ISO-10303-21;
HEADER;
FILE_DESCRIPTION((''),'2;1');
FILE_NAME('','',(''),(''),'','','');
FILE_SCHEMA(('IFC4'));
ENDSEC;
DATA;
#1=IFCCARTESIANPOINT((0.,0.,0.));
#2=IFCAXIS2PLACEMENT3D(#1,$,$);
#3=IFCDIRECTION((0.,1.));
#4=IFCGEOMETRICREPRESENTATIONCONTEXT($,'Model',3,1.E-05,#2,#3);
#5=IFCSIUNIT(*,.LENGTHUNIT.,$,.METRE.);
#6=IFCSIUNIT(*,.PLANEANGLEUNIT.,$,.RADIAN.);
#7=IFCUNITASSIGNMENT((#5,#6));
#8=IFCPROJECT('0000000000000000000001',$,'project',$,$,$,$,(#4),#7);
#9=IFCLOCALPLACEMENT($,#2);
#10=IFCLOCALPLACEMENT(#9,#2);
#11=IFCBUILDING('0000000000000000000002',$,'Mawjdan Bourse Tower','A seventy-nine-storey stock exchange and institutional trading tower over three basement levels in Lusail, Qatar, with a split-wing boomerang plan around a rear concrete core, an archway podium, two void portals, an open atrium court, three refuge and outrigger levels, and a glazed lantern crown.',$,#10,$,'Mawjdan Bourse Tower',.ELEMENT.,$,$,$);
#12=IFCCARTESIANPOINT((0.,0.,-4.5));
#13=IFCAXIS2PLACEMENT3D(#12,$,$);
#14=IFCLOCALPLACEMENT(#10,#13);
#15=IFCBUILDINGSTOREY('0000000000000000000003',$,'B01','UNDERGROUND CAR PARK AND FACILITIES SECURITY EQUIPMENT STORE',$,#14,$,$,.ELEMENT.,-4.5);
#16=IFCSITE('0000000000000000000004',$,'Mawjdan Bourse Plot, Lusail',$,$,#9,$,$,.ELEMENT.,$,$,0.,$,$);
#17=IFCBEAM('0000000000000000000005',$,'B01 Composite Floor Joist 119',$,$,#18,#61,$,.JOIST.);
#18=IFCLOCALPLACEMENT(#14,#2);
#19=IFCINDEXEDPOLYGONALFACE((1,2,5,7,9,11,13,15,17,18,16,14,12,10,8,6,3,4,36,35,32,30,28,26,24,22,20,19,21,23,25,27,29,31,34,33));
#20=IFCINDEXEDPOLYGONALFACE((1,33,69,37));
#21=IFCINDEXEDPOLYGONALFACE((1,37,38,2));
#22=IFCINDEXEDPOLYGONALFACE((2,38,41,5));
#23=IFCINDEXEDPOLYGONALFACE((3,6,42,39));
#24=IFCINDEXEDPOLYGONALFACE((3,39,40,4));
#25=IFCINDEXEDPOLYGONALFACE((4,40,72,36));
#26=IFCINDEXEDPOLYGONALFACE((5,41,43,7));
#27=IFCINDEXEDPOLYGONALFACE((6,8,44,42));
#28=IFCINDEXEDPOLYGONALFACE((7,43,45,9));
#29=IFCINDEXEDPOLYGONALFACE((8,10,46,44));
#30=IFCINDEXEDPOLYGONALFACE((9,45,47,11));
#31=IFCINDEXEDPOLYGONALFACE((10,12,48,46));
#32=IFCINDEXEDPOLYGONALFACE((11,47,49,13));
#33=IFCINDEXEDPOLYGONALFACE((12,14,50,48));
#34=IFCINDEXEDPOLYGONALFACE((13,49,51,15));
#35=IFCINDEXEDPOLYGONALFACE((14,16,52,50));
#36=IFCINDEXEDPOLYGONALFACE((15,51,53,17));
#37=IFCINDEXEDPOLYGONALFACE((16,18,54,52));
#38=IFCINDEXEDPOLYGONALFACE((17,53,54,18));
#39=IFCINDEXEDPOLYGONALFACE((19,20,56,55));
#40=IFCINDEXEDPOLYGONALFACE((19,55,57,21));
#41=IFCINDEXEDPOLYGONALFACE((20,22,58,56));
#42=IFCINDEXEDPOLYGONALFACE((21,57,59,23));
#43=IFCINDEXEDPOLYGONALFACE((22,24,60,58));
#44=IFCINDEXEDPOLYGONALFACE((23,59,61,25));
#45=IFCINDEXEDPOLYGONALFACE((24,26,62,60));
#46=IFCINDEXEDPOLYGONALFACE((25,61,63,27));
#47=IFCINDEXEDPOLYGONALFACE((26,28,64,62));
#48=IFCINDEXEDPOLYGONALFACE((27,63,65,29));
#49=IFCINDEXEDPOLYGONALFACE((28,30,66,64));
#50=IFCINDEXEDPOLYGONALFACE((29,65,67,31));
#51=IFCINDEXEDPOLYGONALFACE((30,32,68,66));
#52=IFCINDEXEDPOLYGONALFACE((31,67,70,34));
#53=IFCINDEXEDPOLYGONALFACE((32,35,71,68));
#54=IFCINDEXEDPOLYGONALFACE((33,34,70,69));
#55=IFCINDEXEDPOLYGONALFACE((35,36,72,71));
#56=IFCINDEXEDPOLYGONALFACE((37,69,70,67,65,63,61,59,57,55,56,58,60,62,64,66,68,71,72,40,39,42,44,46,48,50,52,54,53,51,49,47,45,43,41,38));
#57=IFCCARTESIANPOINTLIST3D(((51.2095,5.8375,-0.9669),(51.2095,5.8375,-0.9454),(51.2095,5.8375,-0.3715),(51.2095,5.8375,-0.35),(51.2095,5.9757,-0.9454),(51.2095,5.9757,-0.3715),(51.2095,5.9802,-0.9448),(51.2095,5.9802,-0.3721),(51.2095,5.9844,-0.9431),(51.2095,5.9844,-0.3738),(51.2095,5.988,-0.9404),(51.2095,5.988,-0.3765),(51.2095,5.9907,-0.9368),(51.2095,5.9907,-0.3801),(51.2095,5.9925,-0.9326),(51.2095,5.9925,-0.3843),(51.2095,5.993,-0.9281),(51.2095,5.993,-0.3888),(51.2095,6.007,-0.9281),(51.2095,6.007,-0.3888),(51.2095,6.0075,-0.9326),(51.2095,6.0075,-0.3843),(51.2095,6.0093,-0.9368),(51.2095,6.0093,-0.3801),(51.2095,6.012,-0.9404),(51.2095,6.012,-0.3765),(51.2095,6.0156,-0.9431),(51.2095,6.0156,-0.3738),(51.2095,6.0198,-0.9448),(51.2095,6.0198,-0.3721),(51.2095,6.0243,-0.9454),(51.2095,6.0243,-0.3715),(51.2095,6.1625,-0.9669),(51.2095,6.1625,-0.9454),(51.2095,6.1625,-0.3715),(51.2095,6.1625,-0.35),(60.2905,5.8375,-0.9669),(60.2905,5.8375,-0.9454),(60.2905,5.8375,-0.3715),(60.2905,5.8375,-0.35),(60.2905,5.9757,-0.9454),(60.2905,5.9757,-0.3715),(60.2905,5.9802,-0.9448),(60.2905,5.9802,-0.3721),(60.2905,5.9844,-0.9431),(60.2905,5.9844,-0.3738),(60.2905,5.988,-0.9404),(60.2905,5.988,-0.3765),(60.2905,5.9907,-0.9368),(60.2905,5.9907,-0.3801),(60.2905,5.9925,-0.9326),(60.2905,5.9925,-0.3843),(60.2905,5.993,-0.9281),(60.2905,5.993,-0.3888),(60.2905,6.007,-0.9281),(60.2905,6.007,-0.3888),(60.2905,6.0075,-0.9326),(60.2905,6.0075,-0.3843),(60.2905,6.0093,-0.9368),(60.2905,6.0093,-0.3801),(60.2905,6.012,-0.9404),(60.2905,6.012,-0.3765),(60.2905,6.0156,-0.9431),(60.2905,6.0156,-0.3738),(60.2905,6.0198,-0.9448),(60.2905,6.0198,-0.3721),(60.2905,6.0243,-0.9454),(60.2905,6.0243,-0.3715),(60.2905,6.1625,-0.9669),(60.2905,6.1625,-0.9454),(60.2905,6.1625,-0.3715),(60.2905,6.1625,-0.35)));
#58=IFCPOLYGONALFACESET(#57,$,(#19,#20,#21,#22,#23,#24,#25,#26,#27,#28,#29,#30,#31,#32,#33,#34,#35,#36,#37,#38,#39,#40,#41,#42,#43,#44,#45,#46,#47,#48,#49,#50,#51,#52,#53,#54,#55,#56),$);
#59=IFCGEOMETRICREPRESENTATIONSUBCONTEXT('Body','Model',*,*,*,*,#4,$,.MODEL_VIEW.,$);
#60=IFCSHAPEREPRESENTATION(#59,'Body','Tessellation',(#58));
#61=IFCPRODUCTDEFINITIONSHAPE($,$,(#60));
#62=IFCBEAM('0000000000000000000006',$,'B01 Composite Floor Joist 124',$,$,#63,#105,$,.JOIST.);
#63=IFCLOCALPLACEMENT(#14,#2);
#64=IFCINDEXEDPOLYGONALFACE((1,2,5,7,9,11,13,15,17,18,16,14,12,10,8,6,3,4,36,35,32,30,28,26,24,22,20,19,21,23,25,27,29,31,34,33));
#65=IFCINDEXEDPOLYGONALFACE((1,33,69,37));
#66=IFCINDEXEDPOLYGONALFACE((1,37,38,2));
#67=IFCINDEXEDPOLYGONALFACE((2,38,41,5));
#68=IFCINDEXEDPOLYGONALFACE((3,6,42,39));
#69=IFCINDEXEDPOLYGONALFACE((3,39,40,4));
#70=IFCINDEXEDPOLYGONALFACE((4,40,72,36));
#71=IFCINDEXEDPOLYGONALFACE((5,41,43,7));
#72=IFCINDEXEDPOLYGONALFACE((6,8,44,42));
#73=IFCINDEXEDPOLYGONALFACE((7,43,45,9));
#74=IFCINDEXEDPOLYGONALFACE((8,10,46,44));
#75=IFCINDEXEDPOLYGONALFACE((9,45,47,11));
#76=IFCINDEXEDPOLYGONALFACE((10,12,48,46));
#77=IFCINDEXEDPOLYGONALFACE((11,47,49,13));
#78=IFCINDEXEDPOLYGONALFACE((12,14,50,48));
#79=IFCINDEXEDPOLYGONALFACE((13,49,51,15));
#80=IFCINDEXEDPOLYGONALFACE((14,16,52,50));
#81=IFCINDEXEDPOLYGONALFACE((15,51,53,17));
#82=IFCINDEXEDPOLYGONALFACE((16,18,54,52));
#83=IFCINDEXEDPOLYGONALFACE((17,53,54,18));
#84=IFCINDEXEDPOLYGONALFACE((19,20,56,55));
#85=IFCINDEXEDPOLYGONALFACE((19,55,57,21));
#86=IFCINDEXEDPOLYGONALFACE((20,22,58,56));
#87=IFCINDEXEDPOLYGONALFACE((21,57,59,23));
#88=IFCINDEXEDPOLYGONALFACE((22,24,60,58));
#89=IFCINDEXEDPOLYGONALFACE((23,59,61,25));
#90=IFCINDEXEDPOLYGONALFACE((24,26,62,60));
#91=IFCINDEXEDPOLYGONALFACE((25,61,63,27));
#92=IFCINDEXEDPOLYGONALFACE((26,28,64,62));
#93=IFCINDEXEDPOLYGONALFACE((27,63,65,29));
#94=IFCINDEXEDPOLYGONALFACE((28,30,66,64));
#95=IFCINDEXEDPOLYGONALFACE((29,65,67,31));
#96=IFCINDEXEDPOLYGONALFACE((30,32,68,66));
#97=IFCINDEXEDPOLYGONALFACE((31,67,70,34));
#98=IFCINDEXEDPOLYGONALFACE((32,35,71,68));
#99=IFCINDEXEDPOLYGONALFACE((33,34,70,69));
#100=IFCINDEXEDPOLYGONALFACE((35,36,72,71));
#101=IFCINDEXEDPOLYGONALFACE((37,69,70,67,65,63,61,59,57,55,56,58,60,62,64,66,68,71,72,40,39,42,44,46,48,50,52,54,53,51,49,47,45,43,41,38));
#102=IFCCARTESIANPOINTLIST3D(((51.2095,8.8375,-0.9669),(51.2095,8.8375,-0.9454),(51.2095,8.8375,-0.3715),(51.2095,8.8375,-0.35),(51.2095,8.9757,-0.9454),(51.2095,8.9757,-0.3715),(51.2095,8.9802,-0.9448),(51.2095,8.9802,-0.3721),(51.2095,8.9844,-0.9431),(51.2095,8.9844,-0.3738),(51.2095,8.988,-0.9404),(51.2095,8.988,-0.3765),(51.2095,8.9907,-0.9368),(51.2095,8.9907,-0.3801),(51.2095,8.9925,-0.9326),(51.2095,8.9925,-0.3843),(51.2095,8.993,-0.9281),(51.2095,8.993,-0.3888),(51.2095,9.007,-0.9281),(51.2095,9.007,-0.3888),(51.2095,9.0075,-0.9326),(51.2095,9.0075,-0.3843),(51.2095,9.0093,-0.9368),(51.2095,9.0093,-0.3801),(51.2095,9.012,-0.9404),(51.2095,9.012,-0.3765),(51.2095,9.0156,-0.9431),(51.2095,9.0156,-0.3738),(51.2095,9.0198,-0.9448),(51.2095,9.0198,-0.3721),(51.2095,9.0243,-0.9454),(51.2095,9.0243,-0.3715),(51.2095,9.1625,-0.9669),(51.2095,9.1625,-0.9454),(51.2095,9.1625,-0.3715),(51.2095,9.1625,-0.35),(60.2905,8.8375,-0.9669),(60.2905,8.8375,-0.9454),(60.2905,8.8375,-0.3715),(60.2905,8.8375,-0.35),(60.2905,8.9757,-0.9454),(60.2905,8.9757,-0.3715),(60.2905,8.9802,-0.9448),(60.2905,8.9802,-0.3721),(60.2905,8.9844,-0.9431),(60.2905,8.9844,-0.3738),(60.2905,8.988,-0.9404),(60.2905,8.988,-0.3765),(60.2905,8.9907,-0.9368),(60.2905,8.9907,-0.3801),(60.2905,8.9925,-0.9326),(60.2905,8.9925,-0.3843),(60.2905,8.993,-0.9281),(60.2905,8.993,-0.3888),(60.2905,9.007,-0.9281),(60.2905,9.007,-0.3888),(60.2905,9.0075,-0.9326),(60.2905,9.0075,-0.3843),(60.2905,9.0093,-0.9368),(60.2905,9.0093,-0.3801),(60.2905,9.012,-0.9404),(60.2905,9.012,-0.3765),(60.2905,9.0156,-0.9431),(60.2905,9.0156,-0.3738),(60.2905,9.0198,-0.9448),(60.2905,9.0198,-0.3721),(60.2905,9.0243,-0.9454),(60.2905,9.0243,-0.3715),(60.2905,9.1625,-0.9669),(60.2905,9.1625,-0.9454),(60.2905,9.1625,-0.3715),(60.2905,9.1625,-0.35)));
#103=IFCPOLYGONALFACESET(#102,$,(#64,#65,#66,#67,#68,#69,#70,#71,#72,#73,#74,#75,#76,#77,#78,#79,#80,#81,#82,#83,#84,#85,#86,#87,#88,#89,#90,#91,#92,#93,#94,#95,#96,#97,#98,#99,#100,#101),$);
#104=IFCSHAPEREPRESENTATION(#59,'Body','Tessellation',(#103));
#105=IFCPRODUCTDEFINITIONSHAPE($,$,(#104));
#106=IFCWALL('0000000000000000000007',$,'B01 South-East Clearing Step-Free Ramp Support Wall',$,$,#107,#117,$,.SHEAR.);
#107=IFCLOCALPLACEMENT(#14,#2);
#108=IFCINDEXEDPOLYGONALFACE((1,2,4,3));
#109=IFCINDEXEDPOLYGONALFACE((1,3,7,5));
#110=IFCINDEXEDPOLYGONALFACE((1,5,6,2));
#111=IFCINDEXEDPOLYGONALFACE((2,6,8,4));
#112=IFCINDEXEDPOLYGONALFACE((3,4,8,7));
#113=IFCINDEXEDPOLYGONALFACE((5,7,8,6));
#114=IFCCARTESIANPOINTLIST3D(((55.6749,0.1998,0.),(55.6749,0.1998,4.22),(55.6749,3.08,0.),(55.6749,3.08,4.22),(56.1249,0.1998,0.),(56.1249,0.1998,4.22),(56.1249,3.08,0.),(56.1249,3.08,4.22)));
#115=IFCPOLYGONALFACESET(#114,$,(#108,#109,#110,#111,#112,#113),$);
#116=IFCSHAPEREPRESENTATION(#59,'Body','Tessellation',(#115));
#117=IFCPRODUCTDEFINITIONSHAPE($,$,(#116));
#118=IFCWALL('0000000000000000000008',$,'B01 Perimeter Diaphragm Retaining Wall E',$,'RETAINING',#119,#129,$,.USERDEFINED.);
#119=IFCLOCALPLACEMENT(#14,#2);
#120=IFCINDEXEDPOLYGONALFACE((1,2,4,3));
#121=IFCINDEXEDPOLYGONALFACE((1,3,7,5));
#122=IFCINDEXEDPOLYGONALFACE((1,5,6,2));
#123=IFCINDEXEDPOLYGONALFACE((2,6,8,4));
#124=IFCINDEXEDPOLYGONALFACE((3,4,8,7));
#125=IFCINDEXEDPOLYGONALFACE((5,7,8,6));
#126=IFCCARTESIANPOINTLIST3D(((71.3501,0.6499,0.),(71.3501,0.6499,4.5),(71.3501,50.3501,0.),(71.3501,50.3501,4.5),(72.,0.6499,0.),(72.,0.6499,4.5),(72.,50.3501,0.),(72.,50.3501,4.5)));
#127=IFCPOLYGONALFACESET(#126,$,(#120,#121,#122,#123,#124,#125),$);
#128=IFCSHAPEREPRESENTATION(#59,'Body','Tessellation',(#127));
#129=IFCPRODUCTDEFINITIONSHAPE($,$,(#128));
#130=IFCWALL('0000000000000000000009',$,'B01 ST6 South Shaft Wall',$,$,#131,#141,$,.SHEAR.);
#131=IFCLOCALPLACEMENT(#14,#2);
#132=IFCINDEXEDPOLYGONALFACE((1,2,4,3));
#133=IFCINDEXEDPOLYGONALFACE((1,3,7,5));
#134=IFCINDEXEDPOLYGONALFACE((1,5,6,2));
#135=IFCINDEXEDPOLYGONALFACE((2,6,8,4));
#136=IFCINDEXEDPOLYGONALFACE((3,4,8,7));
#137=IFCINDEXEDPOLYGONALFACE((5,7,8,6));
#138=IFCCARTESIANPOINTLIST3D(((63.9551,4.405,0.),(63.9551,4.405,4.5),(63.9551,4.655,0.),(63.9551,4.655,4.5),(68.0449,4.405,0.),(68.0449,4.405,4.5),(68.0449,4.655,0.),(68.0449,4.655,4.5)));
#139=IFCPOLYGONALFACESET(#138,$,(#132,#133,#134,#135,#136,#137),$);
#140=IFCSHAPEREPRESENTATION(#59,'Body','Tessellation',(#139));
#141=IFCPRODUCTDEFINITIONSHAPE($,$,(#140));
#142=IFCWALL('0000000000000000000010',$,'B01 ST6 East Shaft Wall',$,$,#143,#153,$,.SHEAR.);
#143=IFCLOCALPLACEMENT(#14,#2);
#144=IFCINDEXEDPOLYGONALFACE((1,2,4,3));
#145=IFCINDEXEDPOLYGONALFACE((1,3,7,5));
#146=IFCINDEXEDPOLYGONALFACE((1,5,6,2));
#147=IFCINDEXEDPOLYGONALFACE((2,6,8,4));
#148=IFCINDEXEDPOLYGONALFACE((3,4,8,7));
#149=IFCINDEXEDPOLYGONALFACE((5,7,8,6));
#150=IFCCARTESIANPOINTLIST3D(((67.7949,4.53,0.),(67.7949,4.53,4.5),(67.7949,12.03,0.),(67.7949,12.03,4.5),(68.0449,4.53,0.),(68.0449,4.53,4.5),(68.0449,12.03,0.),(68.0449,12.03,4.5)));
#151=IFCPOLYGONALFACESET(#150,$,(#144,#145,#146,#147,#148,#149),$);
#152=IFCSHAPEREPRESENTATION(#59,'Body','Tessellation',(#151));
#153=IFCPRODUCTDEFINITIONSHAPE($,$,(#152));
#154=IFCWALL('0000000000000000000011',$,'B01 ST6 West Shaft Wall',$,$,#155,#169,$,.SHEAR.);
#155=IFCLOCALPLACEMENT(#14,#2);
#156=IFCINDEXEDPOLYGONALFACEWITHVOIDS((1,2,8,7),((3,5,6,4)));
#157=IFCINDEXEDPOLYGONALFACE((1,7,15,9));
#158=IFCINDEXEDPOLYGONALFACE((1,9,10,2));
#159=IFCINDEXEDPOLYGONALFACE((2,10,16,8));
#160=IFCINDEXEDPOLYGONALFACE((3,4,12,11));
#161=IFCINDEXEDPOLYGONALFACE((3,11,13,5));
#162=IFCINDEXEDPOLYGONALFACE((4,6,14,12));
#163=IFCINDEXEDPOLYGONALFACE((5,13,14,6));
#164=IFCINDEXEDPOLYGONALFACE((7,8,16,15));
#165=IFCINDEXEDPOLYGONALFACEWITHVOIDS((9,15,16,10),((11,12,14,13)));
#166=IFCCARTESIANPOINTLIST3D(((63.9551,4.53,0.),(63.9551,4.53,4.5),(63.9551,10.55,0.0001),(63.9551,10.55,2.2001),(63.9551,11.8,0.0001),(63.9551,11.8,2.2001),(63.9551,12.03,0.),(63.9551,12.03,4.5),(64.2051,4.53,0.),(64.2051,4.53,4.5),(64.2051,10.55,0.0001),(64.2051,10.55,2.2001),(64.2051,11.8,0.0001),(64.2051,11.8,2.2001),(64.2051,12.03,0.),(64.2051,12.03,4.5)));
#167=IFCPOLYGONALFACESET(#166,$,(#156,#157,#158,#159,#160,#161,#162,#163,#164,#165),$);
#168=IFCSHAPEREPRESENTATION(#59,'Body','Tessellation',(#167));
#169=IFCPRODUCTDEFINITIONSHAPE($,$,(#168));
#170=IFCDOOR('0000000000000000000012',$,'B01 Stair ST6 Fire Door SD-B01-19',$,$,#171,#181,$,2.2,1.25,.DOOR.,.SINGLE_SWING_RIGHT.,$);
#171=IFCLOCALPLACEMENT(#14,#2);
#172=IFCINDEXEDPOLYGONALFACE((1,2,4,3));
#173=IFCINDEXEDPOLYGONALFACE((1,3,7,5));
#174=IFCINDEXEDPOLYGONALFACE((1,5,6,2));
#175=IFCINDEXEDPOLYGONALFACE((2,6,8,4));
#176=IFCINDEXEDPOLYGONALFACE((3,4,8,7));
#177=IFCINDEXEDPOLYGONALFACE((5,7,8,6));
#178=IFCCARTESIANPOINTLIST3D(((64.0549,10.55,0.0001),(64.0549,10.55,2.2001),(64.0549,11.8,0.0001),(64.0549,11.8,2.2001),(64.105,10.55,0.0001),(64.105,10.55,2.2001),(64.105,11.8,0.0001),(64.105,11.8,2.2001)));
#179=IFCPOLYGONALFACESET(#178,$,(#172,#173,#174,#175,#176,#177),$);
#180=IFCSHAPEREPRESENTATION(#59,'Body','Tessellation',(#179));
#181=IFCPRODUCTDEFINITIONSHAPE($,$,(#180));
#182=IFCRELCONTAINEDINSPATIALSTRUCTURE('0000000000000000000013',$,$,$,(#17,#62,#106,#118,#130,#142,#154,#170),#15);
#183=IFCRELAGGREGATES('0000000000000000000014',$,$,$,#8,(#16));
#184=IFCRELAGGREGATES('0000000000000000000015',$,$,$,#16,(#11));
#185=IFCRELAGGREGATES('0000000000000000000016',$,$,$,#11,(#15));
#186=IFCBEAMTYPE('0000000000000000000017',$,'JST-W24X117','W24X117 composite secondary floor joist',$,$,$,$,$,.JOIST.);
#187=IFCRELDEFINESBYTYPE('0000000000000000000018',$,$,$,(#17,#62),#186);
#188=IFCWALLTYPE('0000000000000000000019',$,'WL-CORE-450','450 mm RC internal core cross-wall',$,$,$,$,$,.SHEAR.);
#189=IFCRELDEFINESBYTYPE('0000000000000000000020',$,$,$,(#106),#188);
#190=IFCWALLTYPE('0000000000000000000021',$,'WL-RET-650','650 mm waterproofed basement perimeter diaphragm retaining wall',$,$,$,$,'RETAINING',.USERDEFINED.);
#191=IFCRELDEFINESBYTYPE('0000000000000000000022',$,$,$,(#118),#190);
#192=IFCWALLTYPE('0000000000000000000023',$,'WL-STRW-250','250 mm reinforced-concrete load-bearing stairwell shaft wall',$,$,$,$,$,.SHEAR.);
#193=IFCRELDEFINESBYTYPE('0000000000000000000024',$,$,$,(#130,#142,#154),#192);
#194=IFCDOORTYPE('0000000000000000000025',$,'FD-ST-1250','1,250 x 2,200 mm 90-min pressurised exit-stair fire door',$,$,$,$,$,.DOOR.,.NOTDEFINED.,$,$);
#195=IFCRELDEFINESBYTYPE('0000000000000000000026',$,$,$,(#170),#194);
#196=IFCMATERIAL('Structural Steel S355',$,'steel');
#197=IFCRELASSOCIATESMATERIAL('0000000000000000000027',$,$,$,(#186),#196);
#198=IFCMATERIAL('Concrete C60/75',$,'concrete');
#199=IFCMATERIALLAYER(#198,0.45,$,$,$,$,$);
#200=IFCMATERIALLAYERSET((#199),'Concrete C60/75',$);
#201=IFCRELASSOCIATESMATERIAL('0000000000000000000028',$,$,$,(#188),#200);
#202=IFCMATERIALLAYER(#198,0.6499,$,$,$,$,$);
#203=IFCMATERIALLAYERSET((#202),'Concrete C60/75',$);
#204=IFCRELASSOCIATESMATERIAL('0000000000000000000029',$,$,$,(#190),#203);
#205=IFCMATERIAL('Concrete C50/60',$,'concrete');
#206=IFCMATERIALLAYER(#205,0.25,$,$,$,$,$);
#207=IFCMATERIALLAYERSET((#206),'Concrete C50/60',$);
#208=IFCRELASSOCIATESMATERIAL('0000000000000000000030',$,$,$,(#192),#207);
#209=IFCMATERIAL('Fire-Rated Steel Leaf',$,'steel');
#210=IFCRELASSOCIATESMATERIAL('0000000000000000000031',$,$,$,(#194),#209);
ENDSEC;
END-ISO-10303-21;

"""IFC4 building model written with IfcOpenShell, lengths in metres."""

from ifc_helpers import new_model, si_unit, direction, frame, frame_2d, origin, origin_2d, place, context, subcontext, project, spatial, rectangle, i_section, extrude, material, layer, layer_set, material_profile, profile_set, type_object, element, fill, save


model = new_model("IFC4")

# Units and contexts
model_context = context("Model", 3, precision=1e-05, world=origin(), true_north=direction((0.0, 1.0)))
body_context = subcontext(model_context, "Body", "Model", "MODEL_VIEW")
ifc_project = project(units=[si_unit("LENGTHUNIT", "METRE"), si_unit("PLANEANGLEUNIT", "RADIAN")], contexts=[model_context])

# Site, building, storey
site_placement = place(None, origin())
site = spatial("IfcSite", under=ifc_project, at=site_placement, Name="Mawjdan Bourse Plot, Lusail", CompositionType="ELEMENT", RefElevation=0.0)
building_placement = place(site_placement, origin())
building = spatial("IfcBuilding", under=site, at=building_placement, Name="Mawjdan Bourse Tower", Description="A seventy-nine-storey stock exchange and institutional trading tower over three basement levels in Lusail, Qatar, with a split-wing boomerang plan around a rear concrete core, an archway podium, two void portals, an open atrium court, three refuge and outrigger levels, and a glazed lantern crown.", LongName="Mawjdan Bourse Tower", CompositionType="ELEMENT")
storey_placement = place(building_placement, frame((0.0, 0.0, -4.5)))
storey = spatial("IfcBuildingStorey", under=building, at=storey_placement, Name="B01", Description="UNDERGROUND CAR PARK AND FACILITIES SECURITY EQUIPMENT STORE", CompositionType="ELEMENT", Elevation=-4.5)

# Shared definitions
ifc_material_1 = material(Name="Concrete C60/75", Category="concrete")

# Beams
ifc_material_2 = material(Name="Structural Steel S355", Category="steel")
ifc_material_profile_1 = material_profile(ifc_material_2, i_section(OverallWidth=0.325, OverallDepth=0.6169, WebThickness=0.0139, FlangeThickness=0.0215, FilletRadius=0.0173, at=origin_2d()), Name="W24X117")
ifc_profile_set_1 = profile_set([ifc_material_profile_1], Name="Structural Steel S355")
beam_type_1 = type_object("IfcBeamType", Name="JST-W24X117", Description="W24X117 composite secondary floor joist", PredefinedType="JOIST", material=ifc_profile_set_1)
for number, where, z_axis, x_axis, name in (
    (1, (51.2095, 6.0, -0.6584), (1.0, 0.0, 0.0), (0.0, 1.0, 0.0), "B01 Composite Floor Joist 119"),
    (2, (51.2095, 9.0, -0.6584), (1.0, 0.0, 0.0), (0.0, 1.0, 0.0), "B01 Composite Floor Joist 124"),
):
    element("IfcBeam", number, at=place(storey_placement, frame(where, z_axis=z_axis, x_axis=x_axis)), inside=storey, type_object=beam_type_1, Name=name, PredefinedType="JOIST", context=body_context, shape_type="SweptSolid", body=[
        extrude(i_section(OverallWidth=0.325, OverallDepth=0.6169, WebThickness=0.0139, FlangeThickness=0.0215, FilletRadius=0.0173, at=origin_2d()), origin(), (0.0, 0.0, 1.0), 9.0811),
    ])

# Walls
ifc_layer_1 = layer(ifc_material_1, 0.45)
ifc_layer_set_1 = layer_set([ifc_layer_1], Name="Concrete C60/75")
wall_type_1 = type_object("IfcWallType", Name="WL-CORE-450", Description="450 mm RC internal core cross-wall", PredefinedType="SHEAR", material=ifc_layer_set_1)
wall_1_placement = place(storey_placement, frame((55.8999, 0.2, 0.0), z_axis=(0.0, 0.0, 1.0), x_axis=(0.0, 1.0, 0.0)))
element("IfcWall", 3, at=wall_1_placement, inside=storey, type_object=wall_type_1, Name="B01 South-East Clearing Step-Free Ramp Support Wall", PredefinedType="SHEAR", context=body_context, shape_type="SweptSolid", body=[
    extrude(rectangle(XDim=2.8801, YDim=0.45, at=frame_2d((1.4399, 0.0))), origin(), (0.0, 0.0, 1.0), 4.22),
])
ifc_layer_2 = layer(ifc_material_1, 0.6499)
ifc_layer_set_2 = layer_set([ifc_layer_2], Name="Concrete C60/75")
wall_type_2 = type_object("IfcWallType", Name="WL-RET-650", Description="650 mm waterproofed basement perimeter diaphragm retaining wall", ElementType="RETAINING", PredefinedType="USERDEFINED", material=ifc_layer_set_2)
wall_2_placement = place(storey_placement, frame((71.675, 0.6499, 0.0), z_axis=(0.0, 0.0, 1.0), x_axis=(0.0, 1.0, 0.0)))
element("IfcWall", 4, at=wall_2_placement, inside=storey, type_object=wall_type_2, Name="B01 Perimeter Diaphragm Retaining Wall E", ObjectType="RETAINING", PredefinedType="USERDEFINED", context=body_context, shape_type="SweptSolid", body=[
    extrude(rectangle(XDim=49.7002, YDim=0.6499, at=frame_2d((24.8501, 0.0))), origin(), (0.0, 0.0, 1.0), 4.5),
])
ifc_material_3 = material(Name="Concrete C50/60", Category="concrete")
ifc_layer_3 = layer(ifc_material_3, 0.25)
ifc_layer_set_3 = layer_set([ifc_layer_3], Name="Concrete C50/60")
wall_type_3 = type_object("IfcWallType", Name="WL-STRW-250", Description="250 mm reinforced-concrete load-bearing stairwell shaft wall", PredefinedType="SHEAR", material=ifc_layer_set_3)
wall_3_placement = place(storey_placement, frame((63.9551, 4.53, 0.0), z_axis=(0.0, 0.0, 1.0), x_axis=(1.0, 0.0, 0.0)))
element("IfcWall", 5, at=wall_3_placement, inside=storey, type_object=wall_type_3, Name="B01 ST6 South Shaft Wall", PredefinedType="SHEAR", context=body_context, shape_type="SweptSolid", body=[
    extrude(rectangle(XDim=4.0898, YDim=0.25, at=frame_2d((2.0449, 0.0))), origin(), (0.0, 0.0, 1.0), 4.5),
])
wall_4_placement = place(storey_placement, frame((67.9199, 4.53, 0.0), z_axis=(0.0, 0.0, 1.0), x_axis=(0.0, 1.0, 0.0)))
element("IfcWall", 6, at=wall_4_placement, inside=storey, type_object=wall_type_3, Name="B01 ST6 East Shaft Wall", PredefinedType="SHEAR", context=body_context, shape_type="SweptSolid", body=[
    extrude(rectangle(XDim=7.5, YDim=0.25, at=frame_2d((3.75, 0.0))), origin(), (0.0, 0.0, 1.0), 4.5),
])

# Wall, opening, door
wall_5_placement = place(storey_placement, frame((64.0801, 4.53, 0.0), z_axis=(0.0, 0.0, 1.0), x_axis=(0.0, 1.0, 0.0)))
wall_5 = element("IfcWall", 7, at=wall_5_placement, inside=storey, type_object=wall_type_3, Name="B01 ST6 West Shaft Wall", PredefinedType="SHEAR", context=body_context, shape_type="SweptSolid", body=[
    extrude(rectangle(XDim=7.5, YDim=0.25, at=frame_2d((3.75, 0.0))), origin(), (0.0, 0.0, 1.0), 4.5),
])
opening_placement = place(wall_5_placement, frame((6.02, 0.0, 0.0)))
opening = element("IfcOpeningElement", 8, at=opening_placement, cuts=wall_5, PredefinedType="OPENING", context=body_context, shape_type="SweptSolid", body=[
    extrude(rectangle(XDim=1.25, YDim=2.2, at=frame_2d((0.625, 1.1001))), frame((0.0, 0.135, 0.0), z_axis=(0.0, -1.0, 0.0), x_axis=(1.0, 0.0, 0.0)), (0.0, 0.0, 1.0), 0.27),
])
ifc_material_4 = material(Name="Fire-Rated Steel Leaf", Category="steel")
door_type = type_object("IfcDoorType", Name="FD-ST-1250", Description="1,250 x 2,200 mm 90-min pressurised exit-stair fire door", OperationType="NOTDEFINED", PredefinedType="DOOR", material=ifc_material_4)
door_placement = place(opening_placement, frame((1.25, 0.0, 0.0), z_axis=(0.0, 0.0, 1.0), x_axis=(-1.0, 0.0, 0.0)))
door = element("IfcDoor", 9, at=door_placement, inside=storey, type_object=door_type, Name="B01 Stair ST6 Fire Door SD-B01-19", OperationType="SINGLE_SWING_RIGHT", OverallHeight=2.2, OverallWidth=1.25, PredefinedType="DOOR", context=body_context, shape_type="SweptSolid", body=[
    extrude(rectangle(XDim=1.25, YDim=2.2, at=frame_2d((0.625, 1.1001))), frame((0.0, 0.0249, 0.0), z_axis=(0.0, -1.0, 0.0), x_axis=(1.0, 0.0, 0.0)), (0.0, 0.0, 1.0), 0.05),
])
fill(opening, door)

save(model, "model.ifc")
